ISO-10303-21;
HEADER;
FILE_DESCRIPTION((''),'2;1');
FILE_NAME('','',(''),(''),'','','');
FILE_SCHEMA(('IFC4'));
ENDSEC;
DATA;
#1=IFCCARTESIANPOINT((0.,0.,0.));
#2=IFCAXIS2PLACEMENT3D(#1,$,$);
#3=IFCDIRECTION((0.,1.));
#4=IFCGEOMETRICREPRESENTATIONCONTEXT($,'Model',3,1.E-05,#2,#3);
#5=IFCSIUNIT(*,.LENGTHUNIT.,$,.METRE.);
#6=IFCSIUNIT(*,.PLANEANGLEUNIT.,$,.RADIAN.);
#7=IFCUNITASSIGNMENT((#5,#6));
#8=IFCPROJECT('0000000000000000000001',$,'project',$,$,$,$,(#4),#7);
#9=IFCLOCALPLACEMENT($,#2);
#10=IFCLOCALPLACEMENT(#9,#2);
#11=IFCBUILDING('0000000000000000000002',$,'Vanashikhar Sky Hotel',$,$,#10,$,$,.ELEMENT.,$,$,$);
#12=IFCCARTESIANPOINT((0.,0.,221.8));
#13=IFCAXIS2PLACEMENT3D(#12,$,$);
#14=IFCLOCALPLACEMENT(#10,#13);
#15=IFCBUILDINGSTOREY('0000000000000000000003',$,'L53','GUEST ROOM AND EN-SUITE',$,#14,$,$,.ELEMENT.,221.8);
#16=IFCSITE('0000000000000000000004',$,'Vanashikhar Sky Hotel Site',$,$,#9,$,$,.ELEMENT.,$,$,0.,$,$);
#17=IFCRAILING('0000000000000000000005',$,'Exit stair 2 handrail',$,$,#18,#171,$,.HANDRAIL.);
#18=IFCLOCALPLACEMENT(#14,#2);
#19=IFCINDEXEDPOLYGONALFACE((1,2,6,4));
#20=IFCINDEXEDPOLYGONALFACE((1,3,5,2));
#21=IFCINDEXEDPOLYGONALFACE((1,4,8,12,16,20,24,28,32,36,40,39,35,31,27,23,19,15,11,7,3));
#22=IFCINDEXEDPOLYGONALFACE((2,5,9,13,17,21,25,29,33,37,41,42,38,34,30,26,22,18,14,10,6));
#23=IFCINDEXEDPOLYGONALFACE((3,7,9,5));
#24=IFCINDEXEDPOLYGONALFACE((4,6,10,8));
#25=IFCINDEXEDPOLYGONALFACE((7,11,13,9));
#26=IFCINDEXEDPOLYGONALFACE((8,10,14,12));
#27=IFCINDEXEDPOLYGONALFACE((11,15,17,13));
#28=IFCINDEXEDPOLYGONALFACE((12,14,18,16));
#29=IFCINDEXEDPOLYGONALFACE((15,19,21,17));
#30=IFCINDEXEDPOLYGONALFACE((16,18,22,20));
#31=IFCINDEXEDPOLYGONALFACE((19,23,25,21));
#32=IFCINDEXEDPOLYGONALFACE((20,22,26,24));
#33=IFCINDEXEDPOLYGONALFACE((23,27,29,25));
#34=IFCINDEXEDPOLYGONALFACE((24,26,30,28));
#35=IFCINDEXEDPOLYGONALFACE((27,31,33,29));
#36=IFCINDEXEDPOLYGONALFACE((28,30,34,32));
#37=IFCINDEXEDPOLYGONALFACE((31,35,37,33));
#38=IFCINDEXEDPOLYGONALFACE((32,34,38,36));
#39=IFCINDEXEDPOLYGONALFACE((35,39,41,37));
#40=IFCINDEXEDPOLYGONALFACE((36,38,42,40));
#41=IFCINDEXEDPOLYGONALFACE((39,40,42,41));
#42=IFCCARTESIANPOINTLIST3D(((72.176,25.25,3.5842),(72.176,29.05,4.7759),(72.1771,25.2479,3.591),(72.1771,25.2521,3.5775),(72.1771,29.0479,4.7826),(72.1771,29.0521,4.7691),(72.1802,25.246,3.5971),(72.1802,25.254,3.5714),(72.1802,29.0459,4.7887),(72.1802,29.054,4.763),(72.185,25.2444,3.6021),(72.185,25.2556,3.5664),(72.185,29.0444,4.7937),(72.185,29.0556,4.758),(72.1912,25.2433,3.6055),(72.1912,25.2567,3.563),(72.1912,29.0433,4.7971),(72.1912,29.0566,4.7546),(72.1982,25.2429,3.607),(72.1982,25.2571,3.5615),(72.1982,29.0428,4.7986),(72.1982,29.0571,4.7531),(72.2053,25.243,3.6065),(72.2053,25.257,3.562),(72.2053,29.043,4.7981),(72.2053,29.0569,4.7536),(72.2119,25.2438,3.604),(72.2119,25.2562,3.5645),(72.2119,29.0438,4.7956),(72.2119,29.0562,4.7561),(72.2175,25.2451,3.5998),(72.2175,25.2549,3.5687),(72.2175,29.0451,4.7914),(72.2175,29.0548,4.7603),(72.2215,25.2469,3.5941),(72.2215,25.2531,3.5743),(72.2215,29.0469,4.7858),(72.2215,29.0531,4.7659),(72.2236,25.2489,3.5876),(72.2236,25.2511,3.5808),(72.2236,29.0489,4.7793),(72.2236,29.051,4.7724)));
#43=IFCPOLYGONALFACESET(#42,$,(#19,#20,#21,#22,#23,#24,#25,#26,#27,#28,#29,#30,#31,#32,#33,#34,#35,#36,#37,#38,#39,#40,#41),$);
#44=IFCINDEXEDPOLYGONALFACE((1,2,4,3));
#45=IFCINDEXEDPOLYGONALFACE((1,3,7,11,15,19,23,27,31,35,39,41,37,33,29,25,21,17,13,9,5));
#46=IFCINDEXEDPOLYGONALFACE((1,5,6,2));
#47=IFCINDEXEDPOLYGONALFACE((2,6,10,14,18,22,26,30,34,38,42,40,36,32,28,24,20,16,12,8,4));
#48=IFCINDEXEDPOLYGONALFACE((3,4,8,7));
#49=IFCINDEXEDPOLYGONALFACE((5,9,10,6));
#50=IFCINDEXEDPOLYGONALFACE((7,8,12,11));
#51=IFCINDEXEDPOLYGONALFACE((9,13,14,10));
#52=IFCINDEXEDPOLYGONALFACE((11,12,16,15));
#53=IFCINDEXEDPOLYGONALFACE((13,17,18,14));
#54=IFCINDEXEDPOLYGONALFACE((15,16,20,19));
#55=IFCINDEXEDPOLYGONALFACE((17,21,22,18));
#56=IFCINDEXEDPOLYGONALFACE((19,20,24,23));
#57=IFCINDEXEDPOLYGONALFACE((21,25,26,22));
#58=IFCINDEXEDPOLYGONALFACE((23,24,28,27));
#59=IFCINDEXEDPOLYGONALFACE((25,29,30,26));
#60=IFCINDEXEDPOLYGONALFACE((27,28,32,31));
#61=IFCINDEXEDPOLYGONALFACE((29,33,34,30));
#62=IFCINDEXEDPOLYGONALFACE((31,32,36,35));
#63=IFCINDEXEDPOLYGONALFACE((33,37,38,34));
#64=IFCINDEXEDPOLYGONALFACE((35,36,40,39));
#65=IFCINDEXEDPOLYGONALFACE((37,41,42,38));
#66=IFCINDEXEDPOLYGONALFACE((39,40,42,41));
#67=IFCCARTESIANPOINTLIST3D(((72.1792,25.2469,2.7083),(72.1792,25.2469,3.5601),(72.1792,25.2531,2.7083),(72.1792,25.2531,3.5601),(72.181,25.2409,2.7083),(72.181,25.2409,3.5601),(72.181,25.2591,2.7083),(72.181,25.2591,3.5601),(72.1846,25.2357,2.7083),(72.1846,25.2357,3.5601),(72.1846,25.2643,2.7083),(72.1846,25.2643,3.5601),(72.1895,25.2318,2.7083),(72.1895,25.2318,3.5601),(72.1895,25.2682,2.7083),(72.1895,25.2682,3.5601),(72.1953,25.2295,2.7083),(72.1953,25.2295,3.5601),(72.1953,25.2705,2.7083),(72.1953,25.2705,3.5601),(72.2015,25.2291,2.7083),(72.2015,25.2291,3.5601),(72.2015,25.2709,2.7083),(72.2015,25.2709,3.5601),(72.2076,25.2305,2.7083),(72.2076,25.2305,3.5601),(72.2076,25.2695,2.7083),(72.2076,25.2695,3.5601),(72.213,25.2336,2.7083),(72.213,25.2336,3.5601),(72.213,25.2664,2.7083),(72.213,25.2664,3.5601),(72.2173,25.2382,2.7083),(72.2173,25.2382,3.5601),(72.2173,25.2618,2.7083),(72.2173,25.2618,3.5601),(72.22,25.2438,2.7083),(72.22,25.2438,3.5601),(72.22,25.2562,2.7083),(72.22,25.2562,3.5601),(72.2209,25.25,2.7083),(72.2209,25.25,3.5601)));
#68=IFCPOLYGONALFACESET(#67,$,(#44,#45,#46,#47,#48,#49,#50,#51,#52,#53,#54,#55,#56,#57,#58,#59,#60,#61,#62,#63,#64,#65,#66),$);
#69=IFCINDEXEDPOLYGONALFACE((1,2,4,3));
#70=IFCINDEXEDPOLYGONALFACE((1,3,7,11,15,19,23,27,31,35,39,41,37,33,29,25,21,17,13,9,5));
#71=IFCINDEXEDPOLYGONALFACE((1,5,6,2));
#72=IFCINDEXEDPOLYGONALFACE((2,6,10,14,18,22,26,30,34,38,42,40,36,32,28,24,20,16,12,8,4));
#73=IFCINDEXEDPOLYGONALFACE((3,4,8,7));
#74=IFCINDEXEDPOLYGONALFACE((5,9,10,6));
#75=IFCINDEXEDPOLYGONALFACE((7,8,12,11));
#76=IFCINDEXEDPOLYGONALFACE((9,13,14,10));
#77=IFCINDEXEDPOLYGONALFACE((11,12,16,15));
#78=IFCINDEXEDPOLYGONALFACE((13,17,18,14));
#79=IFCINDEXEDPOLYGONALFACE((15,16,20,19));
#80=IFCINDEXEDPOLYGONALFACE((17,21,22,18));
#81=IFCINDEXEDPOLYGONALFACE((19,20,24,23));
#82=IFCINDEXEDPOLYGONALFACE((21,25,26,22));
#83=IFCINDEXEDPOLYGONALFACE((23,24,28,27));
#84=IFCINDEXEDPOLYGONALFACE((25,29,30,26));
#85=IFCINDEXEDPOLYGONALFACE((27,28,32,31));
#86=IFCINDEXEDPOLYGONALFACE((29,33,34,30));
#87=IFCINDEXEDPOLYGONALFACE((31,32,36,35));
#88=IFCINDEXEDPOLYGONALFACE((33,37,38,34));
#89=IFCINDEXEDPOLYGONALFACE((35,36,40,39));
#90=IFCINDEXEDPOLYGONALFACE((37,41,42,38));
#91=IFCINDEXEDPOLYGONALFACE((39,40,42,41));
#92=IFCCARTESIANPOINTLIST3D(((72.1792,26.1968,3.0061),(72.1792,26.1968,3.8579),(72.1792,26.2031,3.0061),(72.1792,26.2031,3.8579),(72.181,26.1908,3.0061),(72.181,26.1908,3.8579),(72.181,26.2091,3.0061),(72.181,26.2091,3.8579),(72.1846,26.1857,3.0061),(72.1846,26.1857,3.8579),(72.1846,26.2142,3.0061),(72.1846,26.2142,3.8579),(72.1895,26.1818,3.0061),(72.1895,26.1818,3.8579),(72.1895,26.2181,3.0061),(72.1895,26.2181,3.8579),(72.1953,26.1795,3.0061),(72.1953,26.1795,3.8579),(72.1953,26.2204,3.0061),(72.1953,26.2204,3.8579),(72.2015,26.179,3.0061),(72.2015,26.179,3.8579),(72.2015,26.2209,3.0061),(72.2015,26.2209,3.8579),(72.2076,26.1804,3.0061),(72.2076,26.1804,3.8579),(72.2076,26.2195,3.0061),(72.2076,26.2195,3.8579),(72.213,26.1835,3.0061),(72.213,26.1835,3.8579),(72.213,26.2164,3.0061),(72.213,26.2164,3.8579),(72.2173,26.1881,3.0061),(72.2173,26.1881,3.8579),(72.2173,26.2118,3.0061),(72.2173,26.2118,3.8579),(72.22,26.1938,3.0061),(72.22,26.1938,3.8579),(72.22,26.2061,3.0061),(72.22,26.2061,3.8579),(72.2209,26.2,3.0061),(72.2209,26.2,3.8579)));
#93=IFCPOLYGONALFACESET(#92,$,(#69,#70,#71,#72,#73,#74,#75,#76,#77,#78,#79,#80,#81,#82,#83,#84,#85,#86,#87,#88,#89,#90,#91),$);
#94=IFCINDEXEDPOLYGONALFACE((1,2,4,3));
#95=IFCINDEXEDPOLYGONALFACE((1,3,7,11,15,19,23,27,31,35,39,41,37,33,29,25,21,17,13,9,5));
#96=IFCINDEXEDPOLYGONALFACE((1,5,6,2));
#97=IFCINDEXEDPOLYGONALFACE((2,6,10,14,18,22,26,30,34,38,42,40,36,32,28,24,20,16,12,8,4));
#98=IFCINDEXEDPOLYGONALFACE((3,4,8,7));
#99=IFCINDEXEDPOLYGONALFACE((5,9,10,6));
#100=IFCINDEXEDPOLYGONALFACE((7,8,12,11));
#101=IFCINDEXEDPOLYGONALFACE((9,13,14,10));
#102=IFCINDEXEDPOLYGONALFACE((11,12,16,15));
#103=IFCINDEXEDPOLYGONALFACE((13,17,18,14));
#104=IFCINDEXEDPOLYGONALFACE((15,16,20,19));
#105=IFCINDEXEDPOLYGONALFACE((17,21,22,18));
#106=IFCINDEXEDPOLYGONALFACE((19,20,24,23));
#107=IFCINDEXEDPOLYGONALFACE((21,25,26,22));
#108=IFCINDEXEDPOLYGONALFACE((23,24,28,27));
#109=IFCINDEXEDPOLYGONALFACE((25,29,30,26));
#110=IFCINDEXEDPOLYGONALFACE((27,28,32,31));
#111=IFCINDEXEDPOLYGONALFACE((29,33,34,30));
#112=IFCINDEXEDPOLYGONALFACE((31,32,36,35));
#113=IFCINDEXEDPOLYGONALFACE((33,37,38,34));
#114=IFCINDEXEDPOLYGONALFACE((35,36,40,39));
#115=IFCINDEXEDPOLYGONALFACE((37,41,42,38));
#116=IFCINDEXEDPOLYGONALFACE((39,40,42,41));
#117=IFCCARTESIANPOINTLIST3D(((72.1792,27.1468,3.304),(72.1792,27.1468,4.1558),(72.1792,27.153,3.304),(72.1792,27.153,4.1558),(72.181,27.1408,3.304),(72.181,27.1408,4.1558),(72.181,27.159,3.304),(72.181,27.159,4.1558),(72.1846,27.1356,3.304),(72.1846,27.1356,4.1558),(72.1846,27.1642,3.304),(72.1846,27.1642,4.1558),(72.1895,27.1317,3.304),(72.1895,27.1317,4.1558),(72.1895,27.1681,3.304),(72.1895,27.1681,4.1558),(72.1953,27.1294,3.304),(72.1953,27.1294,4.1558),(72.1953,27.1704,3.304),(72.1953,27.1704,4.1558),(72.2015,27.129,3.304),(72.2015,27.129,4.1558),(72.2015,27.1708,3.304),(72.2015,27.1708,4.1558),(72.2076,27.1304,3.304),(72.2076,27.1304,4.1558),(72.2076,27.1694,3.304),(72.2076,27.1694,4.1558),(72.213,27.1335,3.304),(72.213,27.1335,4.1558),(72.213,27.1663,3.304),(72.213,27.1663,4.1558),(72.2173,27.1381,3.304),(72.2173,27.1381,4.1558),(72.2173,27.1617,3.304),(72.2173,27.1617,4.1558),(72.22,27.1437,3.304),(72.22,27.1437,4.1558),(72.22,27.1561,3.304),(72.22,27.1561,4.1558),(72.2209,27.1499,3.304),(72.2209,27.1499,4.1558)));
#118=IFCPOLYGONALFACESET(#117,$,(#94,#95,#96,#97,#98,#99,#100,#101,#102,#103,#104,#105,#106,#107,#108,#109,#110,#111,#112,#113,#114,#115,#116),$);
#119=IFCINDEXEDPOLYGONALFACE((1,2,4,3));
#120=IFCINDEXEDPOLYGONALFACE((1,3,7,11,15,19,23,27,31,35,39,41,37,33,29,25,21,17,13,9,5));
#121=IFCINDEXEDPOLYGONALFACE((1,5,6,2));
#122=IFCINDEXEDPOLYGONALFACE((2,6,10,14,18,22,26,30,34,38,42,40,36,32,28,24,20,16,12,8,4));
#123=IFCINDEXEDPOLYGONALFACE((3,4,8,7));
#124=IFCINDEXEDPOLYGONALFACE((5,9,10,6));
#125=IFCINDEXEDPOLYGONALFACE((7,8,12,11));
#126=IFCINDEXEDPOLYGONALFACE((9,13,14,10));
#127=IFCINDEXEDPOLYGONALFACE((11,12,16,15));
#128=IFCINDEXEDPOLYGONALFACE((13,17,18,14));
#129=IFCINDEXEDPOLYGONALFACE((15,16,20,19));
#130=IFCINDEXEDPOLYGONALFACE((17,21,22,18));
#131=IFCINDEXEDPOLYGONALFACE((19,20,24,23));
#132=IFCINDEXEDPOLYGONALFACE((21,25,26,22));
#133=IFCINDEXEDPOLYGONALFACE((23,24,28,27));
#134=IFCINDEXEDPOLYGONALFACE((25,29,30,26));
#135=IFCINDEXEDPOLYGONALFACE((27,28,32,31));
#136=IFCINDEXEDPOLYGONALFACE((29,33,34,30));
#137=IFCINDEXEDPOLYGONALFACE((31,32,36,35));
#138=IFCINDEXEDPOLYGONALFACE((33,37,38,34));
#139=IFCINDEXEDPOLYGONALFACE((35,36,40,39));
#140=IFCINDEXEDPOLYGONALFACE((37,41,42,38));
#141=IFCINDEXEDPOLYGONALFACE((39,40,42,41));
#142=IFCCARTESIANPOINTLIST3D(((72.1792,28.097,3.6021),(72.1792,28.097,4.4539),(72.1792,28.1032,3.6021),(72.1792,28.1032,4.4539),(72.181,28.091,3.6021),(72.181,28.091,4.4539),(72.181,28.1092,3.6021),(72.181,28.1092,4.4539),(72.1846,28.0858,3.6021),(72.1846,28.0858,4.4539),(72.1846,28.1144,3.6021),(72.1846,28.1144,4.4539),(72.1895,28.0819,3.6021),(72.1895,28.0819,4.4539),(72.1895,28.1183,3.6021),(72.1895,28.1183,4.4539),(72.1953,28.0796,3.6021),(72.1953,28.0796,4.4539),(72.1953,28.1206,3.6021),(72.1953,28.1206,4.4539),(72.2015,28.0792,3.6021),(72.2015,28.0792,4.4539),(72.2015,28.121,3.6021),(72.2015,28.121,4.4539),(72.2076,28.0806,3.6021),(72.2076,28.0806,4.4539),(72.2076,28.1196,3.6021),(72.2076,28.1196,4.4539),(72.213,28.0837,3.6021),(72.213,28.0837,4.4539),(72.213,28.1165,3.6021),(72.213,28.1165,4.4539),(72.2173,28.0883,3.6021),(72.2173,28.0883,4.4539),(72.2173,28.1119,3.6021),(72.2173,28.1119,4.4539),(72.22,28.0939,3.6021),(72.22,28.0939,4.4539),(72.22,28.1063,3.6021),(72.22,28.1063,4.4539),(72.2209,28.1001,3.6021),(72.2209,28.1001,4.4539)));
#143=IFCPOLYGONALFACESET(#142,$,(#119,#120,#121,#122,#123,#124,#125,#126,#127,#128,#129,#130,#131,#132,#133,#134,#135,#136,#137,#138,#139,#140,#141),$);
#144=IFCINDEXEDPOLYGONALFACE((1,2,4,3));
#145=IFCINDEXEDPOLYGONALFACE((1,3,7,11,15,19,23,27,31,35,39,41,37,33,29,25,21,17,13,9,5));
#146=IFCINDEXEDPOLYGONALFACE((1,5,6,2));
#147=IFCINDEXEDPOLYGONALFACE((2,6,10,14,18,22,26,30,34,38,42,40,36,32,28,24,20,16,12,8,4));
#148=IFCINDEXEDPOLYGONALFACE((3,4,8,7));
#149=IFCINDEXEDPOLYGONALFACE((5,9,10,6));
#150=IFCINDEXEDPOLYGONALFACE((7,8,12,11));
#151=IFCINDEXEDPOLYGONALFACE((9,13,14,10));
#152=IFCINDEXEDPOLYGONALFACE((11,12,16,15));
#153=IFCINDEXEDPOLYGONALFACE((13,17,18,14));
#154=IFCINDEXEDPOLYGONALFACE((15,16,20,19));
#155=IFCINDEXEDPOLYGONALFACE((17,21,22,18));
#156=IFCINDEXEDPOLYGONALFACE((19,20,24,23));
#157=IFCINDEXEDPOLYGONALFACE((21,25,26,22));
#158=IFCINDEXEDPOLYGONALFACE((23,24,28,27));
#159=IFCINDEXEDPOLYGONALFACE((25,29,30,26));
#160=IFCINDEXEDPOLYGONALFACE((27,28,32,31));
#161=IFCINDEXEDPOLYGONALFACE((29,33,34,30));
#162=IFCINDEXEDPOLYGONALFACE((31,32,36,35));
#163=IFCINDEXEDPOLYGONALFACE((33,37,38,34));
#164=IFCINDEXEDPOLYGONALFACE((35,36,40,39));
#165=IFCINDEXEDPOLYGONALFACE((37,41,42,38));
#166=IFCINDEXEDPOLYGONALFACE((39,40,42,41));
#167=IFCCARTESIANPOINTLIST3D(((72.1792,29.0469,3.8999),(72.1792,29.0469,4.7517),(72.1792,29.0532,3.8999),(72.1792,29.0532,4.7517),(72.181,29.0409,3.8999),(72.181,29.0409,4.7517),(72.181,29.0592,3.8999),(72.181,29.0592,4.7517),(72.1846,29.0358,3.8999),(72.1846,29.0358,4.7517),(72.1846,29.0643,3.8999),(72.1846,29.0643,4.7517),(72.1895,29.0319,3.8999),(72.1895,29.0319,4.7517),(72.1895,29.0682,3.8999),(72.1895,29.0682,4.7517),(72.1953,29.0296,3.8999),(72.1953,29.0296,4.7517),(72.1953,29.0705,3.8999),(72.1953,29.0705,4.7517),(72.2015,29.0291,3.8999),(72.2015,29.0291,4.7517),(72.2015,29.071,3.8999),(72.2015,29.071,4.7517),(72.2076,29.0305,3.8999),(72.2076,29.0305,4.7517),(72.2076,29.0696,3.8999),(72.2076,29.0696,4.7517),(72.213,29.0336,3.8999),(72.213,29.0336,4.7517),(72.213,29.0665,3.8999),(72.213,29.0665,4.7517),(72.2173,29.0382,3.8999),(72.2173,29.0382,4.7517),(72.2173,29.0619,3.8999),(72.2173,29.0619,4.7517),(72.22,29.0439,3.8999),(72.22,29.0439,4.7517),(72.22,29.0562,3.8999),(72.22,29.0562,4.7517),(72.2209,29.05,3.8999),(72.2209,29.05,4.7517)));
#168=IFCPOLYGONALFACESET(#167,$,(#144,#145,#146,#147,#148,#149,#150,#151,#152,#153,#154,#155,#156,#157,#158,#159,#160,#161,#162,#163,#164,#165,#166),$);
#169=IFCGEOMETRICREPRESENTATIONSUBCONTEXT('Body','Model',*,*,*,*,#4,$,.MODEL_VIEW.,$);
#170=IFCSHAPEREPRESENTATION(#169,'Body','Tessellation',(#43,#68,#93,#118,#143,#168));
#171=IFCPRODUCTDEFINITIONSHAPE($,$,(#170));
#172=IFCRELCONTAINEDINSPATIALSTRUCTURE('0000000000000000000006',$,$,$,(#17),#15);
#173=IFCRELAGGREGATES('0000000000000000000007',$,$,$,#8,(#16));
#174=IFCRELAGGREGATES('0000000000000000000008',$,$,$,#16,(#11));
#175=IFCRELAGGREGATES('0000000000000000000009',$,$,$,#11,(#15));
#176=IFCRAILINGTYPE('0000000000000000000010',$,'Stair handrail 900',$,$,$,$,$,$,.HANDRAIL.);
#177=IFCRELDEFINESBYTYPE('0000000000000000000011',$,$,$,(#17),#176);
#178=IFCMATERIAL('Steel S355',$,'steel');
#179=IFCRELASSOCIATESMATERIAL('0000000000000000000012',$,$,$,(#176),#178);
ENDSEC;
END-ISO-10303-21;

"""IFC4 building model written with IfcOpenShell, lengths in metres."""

from ifc_helpers import new_model, si_unit, direction, frame, origin, origin_2d, place, context, subcontext, project, spatial, circle, extrude, source, transform, mapped, material, type_object, element, save


model = new_model("IFC4")

# Units and contexts
model_context = context("Model", 3, precision=1e-05, world=origin(), true_north=direction((0.0, 1.0)))
body_context = subcontext(model_context, "Body", "Model", "MODEL_VIEW")
ifc_project = project(units=[si_unit("LENGTHUNIT", "METRE"), si_unit("PLANEANGLEUNIT", "RADIAN")], contexts=[model_context])

# Site, building, storey
site_placement = place(None, origin())
site = spatial("IfcSite", under=ifc_project, at=site_placement, Name="Vanashikhar Sky Hotel Site", CompositionType="ELEMENT", RefElevation=0.0)
building_placement = place(site_placement, origin())
building = spatial("IfcBuilding", under=site, at=building_placement, Name="Vanashikhar Sky Hotel", CompositionType="ELEMENT")
storey_placement = place(building_placement, frame((0.0, 0.0, 221.8)))
storey = spatial("IfcBuildingStorey", under=building, at=storey_placement, Name="L53", Description="GUEST ROOM AND EN-SUITE", CompositionType="ELEMENT", Elevation=221.8)

# Railing
ifc_material_1 = material(Name="Steel S355", Category="steel")
railing_type_1 = type_object("IfcRailingType", Name="Stair handrail 900", PredefinedType="HANDRAIL", material=ifc_material_1)
shared_shape_1 = source(origin(), body_context, "Body", "SweptSolid", [
    extrude(circle(Radius=0.0239, at=origin_2d()), frame((0.0, 0.0, 0.876), z_axis=(0.0, 0.954184, 0.299221), x_axis=(-1.0, 0.0, 0.0)), (0.0, 0.0, 1.0), 3.9824),
    extrude(circle(Radius=0.021, at=origin_2d()), origin(), (0.0, 0.0, 1.0), 0.8518),
    extrude(circle(Radius=0.021, at=origin_2d()), frame((0.0, 0.95, 0.2979)), (0.0, 0.0, 1.0), 0.8518),
    extrude(circle(Radius=0.021, at=origin_2d()), frame((0.0, 1.8999, 0.5957)), (0.0, 0.0, 1.0), 0.8518),
    extrude(circle(Radius=0.021, at=origin_2d()), frame((0.0, 2.8501, 0.8938)), (0.0, 0.0, 1.0), 0.8518),
    extrude(circle(Radius=0.021, at=origin_2d()), frame((0.0, 3.8, 1.1917)), (0.0, 0.0, 1.0), 0.8518),
])
for number, where, name in (
    (1, (72.2, 25.25, 2.7083), "Exit stair 2 handrail"),
):
    element("IfcRailing", number, at=place(storey_placement, frame(where)), inside=storey, type_object=railing_type_1, Name=name, PredefinedType="HANDRAIL", context=body_context, shape_type="MappedRepresentation", body=[
        mapped(shared_shape_1, transform((0.0, 0.0, 0.0), scale=1.0)),
    ])

save(model, "model.ifc")
